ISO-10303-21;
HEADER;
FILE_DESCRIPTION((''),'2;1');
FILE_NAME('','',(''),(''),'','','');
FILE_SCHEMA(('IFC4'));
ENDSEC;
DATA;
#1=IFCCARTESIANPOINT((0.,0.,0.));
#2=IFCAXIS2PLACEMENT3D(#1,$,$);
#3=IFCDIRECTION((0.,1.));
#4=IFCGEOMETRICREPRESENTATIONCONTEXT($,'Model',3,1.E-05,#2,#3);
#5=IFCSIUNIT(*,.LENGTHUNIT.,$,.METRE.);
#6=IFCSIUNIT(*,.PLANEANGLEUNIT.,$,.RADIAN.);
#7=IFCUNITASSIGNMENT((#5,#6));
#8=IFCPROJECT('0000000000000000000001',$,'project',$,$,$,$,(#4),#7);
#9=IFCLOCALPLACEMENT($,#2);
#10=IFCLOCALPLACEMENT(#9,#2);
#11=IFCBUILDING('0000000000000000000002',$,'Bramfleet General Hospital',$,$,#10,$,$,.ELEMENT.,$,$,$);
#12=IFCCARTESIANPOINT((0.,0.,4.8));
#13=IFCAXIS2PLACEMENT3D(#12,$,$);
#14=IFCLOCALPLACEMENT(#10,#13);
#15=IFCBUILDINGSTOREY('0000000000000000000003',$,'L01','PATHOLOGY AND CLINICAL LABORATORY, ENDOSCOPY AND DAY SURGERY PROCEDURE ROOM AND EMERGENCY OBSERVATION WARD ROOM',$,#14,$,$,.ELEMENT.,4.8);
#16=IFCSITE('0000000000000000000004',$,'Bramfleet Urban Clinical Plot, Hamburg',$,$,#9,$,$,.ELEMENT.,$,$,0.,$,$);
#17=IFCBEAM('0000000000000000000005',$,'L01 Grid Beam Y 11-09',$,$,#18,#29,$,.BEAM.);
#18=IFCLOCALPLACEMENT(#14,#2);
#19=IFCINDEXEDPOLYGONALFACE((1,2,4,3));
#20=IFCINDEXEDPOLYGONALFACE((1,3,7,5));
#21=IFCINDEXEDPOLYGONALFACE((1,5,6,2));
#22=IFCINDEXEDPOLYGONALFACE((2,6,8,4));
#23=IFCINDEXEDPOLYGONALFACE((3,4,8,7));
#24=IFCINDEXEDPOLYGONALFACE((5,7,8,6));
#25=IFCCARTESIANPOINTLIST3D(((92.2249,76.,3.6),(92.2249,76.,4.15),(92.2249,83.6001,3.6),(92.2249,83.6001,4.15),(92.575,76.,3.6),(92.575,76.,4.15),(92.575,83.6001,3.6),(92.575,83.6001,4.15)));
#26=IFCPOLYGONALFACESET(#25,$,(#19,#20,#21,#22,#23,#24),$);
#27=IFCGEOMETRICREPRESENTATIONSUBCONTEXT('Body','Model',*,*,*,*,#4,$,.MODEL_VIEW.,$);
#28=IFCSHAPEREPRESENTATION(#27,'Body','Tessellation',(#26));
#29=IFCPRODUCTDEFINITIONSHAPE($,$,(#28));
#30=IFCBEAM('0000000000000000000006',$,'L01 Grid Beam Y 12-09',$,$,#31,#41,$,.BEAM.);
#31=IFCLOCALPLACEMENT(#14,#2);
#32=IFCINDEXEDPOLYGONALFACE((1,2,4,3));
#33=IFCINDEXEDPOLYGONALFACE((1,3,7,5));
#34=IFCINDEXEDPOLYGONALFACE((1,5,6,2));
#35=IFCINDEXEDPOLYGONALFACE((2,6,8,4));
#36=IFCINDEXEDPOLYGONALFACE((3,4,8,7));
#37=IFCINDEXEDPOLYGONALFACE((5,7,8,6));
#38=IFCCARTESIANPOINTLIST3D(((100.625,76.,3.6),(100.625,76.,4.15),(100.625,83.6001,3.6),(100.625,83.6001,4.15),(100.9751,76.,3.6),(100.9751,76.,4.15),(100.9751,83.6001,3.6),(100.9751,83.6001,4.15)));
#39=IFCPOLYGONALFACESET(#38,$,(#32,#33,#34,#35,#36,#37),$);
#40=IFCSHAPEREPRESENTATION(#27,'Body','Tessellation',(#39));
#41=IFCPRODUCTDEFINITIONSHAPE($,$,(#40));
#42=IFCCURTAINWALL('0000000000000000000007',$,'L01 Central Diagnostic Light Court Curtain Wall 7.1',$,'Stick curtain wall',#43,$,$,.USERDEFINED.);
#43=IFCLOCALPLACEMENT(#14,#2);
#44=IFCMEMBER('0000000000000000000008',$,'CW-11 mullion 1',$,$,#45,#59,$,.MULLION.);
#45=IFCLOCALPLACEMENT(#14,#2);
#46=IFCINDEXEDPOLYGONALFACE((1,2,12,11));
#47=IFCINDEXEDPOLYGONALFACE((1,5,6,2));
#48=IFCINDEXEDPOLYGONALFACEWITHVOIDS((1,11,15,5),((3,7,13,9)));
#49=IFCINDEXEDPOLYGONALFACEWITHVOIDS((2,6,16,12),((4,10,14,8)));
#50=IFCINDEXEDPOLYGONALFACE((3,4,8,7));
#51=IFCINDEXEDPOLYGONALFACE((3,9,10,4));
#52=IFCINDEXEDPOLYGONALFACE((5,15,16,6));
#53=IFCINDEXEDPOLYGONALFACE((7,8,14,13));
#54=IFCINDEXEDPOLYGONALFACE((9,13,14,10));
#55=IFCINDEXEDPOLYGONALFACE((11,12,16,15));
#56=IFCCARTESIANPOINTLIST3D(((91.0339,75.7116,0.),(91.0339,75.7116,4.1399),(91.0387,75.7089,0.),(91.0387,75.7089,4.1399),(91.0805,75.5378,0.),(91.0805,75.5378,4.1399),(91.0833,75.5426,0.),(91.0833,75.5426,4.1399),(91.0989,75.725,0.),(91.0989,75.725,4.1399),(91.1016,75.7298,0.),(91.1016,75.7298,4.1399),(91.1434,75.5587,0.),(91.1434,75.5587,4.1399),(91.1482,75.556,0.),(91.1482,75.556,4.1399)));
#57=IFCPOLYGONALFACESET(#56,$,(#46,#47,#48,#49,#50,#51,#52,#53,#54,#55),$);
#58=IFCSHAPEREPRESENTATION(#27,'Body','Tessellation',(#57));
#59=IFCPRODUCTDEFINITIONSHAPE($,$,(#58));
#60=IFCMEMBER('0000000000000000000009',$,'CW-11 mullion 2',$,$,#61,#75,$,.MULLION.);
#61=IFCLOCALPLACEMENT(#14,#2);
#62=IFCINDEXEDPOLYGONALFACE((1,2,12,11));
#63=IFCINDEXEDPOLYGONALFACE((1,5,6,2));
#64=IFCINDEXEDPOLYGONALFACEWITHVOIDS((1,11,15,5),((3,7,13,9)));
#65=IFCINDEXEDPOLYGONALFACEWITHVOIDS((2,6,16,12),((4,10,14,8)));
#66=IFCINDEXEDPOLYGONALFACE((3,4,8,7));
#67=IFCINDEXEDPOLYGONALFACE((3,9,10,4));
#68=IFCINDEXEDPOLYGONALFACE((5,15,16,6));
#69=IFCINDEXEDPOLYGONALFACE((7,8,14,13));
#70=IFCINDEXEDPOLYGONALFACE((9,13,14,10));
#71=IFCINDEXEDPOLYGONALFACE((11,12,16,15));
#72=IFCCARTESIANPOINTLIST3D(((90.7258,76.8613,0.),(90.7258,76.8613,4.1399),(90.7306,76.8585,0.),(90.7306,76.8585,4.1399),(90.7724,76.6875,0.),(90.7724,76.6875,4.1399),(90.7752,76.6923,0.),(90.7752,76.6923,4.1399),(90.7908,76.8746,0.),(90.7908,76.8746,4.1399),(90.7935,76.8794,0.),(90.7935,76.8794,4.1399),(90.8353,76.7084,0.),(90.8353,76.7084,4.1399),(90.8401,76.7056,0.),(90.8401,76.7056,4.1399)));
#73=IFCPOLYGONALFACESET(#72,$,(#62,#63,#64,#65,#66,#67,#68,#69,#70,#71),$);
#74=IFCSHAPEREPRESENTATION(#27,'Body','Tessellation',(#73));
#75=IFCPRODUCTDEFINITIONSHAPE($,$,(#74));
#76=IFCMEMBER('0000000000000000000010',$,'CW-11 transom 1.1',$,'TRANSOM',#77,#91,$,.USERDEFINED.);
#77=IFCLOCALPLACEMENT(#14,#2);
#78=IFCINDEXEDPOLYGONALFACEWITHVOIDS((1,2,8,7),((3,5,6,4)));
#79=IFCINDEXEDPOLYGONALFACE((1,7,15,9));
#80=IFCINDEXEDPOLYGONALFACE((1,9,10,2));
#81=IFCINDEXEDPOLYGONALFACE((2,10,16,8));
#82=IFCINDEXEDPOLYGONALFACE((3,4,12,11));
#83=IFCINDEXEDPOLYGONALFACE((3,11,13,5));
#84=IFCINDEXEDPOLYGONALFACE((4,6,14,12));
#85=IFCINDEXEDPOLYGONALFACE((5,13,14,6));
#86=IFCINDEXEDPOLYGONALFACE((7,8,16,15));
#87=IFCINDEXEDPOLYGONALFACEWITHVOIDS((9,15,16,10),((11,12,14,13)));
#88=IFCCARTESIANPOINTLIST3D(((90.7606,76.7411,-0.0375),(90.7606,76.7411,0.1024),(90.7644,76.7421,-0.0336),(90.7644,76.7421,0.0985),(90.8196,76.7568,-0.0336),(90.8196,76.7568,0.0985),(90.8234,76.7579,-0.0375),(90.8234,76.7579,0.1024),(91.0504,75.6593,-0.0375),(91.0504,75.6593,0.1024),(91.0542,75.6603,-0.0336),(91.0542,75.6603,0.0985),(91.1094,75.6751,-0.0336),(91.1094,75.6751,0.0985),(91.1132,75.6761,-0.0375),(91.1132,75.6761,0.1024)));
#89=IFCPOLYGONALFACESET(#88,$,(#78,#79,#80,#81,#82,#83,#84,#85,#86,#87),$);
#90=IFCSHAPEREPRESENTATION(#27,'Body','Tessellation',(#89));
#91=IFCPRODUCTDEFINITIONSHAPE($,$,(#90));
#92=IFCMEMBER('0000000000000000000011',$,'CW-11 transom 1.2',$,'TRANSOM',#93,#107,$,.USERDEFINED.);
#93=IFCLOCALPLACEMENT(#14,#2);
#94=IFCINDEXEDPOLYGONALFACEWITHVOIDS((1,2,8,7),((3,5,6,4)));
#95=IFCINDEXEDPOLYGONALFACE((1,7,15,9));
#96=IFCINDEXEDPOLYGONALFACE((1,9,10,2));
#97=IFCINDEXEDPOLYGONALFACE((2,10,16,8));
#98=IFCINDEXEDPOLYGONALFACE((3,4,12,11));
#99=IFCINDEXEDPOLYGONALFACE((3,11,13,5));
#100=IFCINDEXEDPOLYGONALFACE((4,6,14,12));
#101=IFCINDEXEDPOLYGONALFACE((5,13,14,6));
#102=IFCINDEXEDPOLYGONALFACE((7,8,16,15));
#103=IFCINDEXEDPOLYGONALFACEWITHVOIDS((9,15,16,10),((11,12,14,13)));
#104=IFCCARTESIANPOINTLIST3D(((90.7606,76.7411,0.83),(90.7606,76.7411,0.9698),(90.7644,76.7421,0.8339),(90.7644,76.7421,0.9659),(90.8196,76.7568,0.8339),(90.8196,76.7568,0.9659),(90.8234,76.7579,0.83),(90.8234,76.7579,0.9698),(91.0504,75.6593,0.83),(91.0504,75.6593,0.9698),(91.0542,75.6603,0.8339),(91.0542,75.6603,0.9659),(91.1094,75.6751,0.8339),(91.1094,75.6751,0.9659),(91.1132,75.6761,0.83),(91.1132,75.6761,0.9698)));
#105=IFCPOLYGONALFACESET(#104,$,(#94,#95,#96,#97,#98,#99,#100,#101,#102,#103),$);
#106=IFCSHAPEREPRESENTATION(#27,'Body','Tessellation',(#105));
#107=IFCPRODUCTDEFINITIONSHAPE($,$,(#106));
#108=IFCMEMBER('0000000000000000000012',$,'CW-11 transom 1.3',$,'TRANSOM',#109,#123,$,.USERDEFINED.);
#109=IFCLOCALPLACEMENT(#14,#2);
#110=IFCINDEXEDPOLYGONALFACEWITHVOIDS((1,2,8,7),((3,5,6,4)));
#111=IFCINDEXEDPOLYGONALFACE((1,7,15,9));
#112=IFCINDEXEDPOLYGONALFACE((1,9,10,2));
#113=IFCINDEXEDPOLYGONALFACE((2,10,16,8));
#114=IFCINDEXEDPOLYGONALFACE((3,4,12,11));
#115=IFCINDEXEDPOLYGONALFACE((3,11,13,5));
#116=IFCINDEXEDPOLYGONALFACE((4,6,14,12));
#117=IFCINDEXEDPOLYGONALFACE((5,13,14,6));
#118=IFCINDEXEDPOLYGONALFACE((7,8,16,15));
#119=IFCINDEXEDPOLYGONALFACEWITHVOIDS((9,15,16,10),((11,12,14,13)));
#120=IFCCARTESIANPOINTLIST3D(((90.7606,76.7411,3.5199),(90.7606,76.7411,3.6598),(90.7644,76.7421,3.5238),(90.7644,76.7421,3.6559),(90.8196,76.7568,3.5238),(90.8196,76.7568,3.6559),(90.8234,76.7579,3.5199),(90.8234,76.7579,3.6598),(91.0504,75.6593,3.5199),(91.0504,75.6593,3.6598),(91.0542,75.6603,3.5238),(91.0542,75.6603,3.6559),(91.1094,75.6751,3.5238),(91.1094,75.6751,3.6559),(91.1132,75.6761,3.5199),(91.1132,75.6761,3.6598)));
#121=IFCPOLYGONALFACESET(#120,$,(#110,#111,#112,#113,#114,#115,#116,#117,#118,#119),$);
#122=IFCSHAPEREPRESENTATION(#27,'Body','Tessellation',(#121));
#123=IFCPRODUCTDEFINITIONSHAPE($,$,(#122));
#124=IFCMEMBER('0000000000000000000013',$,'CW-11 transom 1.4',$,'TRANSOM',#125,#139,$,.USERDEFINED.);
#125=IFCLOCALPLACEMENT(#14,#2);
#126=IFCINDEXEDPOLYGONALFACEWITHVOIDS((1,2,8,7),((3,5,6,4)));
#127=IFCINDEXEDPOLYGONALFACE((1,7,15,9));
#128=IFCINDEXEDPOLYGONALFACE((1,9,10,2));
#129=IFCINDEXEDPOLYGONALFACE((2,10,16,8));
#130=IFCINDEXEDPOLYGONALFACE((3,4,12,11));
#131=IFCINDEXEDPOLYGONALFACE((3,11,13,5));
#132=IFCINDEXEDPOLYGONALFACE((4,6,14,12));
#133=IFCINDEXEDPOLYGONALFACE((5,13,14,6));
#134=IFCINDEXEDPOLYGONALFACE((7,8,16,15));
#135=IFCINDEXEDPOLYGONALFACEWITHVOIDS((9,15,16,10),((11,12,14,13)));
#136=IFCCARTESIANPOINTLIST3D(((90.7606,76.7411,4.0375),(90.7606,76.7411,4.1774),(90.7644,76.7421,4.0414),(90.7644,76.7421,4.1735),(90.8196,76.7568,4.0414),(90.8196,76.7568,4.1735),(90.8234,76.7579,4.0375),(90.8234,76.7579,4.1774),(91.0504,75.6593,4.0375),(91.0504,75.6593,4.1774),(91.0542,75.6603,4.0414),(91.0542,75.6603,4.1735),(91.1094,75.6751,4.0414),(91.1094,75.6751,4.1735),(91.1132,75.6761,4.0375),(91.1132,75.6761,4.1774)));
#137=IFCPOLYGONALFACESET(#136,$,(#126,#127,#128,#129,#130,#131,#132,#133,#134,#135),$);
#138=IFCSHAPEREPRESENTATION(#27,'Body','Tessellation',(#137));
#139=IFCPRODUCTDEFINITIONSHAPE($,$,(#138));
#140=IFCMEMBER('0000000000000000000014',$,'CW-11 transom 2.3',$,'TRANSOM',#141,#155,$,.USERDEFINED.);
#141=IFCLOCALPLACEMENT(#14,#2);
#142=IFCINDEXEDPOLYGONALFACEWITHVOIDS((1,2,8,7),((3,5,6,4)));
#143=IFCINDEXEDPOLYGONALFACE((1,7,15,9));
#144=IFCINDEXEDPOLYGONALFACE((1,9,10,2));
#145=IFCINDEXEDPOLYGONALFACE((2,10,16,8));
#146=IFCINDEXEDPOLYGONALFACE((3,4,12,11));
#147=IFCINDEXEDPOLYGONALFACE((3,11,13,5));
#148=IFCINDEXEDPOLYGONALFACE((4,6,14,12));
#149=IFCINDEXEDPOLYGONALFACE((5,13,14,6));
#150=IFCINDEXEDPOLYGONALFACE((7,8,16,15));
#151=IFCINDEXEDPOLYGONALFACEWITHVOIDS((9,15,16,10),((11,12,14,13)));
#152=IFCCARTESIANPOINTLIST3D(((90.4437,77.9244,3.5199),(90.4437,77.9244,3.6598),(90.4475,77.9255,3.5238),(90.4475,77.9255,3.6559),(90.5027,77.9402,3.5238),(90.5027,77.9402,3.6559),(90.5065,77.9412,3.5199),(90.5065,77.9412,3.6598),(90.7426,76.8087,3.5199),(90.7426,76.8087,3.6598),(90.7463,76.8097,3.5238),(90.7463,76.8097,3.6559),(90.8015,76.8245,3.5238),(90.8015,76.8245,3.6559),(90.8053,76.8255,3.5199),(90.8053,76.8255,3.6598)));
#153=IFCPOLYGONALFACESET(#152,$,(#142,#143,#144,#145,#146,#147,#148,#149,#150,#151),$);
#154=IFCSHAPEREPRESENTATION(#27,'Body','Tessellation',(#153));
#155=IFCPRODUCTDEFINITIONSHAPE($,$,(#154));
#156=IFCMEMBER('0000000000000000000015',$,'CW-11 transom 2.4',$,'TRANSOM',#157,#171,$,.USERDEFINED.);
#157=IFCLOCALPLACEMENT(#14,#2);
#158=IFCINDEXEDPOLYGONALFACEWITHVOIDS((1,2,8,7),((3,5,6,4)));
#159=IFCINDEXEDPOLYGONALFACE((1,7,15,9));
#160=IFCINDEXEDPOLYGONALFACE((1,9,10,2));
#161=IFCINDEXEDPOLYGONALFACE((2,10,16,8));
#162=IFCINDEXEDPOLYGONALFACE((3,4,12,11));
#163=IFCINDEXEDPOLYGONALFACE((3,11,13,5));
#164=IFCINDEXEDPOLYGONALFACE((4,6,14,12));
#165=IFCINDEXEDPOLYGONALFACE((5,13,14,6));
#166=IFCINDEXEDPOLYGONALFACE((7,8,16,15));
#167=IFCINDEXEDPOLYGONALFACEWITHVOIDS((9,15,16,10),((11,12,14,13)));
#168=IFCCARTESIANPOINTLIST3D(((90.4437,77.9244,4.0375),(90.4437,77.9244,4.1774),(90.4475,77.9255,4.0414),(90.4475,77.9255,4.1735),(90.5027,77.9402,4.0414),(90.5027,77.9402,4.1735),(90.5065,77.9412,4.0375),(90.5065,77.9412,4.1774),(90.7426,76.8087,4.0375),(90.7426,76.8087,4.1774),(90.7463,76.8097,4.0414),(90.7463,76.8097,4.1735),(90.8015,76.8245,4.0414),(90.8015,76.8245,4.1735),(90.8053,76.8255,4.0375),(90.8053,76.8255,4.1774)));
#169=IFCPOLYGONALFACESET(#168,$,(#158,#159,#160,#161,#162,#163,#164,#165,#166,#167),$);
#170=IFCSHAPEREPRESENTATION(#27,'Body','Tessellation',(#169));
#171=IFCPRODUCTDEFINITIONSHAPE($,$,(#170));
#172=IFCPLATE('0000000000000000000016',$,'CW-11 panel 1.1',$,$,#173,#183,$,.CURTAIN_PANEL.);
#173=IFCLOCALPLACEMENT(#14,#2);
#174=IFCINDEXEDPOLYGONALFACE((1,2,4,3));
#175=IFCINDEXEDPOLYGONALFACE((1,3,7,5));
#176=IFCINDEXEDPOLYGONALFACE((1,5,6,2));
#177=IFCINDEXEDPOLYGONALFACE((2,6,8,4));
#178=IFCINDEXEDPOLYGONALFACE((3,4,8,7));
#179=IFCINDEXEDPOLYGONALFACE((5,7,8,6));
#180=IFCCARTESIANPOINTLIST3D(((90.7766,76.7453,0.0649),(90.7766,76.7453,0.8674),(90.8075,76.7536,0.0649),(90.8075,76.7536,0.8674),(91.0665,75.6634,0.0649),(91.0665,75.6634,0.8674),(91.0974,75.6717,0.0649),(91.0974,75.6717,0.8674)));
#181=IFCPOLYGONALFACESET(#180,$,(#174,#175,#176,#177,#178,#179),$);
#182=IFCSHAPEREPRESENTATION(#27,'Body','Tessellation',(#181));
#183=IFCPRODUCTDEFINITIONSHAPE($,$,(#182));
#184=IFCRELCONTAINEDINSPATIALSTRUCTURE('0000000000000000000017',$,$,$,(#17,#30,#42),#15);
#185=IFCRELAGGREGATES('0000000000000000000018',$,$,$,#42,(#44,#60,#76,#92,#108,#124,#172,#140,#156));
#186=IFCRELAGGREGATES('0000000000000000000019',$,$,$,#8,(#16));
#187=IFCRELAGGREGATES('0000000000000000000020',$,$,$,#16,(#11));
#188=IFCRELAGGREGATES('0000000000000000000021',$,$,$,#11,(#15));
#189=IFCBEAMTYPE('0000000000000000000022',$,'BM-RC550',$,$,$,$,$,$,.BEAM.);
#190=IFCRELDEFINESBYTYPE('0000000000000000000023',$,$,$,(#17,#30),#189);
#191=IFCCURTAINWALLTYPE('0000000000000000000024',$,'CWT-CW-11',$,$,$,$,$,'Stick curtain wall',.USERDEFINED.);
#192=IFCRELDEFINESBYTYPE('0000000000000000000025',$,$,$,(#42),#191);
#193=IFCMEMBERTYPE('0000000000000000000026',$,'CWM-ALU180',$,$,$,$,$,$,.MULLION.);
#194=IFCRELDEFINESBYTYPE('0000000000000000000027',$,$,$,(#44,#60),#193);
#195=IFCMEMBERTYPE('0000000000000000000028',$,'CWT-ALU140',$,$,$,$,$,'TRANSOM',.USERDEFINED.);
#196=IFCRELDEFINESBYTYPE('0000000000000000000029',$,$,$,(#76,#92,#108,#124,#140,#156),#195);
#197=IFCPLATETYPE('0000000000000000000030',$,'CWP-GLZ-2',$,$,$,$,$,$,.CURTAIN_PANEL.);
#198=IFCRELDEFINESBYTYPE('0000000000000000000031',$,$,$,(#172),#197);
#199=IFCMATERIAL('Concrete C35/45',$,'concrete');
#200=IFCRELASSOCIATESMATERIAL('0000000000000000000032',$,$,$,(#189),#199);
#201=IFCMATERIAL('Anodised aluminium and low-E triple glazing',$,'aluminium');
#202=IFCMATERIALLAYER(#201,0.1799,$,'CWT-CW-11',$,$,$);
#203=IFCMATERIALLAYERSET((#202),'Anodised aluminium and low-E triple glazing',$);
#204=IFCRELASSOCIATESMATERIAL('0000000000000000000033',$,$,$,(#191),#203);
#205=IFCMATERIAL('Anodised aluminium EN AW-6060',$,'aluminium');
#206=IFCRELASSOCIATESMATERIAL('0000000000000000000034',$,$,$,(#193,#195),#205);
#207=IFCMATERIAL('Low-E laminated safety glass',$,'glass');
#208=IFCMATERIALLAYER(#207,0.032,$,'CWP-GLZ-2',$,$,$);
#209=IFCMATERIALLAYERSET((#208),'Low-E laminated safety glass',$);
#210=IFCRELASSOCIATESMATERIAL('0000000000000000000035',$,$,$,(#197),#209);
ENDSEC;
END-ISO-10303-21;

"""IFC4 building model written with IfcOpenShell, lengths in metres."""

from ifc_helpers import new_model, si_unit, direction, frame, origin, origin_2d, place, context, subcontext, project, spatial, rectangle, hollow_rectangle, extrude, material, layer, layer_set, material_profile, profile_set, type_object, element, aggregate, save


model = new_model("IFC4")

# Units and contexts
model_context = context("Model", 3, precision=1e-05, world=origin(), true_north=direction((0.0, 1.0)))
body_context = subcontext(model_context, "Body", "Model", "MODEL_VIEW")
ifc_project = project(units=[si_unit("LENGTHUNIT", "METRE"), si_unit("PLANEANGLEUNIT", "RADIAN")], contexts=[model_context])

# Site, building, storey
site_placement = place(None, origin())
site = spatial("IfcSite", under=ifc_project, at=site_placement, Name="Bramfleet Urban Clinical Plot, Hamburg", CompositionType="ELEMENT", RefElevation=0.0)
building_placement = place(site_placement, origin())
building = spatial("IfcBuilding", under=site, at=building_placement, Name="Bramfleet General Hospital", CompositionType="ELEMENT")
storey_placement = place(building_placement, frame((0.0, 0.0, 4.8)))
storey = spatial("IfcBuildingStorey", under=building, at=storey_placement, Name="L01", Description="PATHOLOGY AND CLINICAL LABORATORY, ENDOSCOPY AND DAY SURGERY PROCEDURE ROOM AND EMERGENCY OBSERVATION WARD ROOM", CompositionType="ELEMENT", Elevation=4.8)

# Beams
ifc_material_1 = material(Name="Concrete C35/45", Category="concrete")
ifc_material_profile_1 = material_profile(ifc_material_1, rectangle(XDim=0.3501, YDim=0.55, at=origin_2d()), Name="RC BM 550x350")
ifc_profile_set_1 = profile_set([ifc_material_profile_1], Name="Concrete C35/45")
beam_type = type_object("IfcBeamType", Name="BM-RC550", PredefinedType="BEAM", material=ifc_profile_set_1)
for number, where, z_axis, x_axis, name in (
    (1, (92.3999, 76.0, 3.875), (0.0, 1.0, 0.0), (-1.0, 0.0, 0.0), "L01 Grid Beam Y 11-09"),
    (2, (100.8, 76.0, 3.875), (0.0, 1.0, 0.0), (-1.0, 0.0, 0.0), "L01 Grid Beam Y 12-09"),
):
    element("IfcBeam", number, at=place(storey_placement, frame(where, z_axis=z_axis, x_axis=x_axis)), inside=storey, type_object=beam_type, Name=name, PredefinedType="BEAM", context=body_context, shape_type="SweptSolid", body=[
        extrude(rectangle(XDim=0.3501, YDim=0.55, at=origin_2d()), origin(), (0.0, 0.0, 1.0), 7.6001),
    ])

# Curtain wall, members, plate
ifc_material_2 = material(Name="Anodised aluminium and low-E triple glazing", Category="aluminium")
ifc_layer_1 = layer(ifc_material_2, 0.1799, Name="CWT-CW-11")
ifc_layer_set_1 = layer_set([ifc_layer_1], Name="Anodised aluminium and low-E triple glazing")
curtain_wall_type = type_object("IfcCurtainWallType", Name="CWT-CW-11", ElementType="Stick curtain wall", PredefinedType="USERDEFINED", material=ifc_layer_set_1)
curtain_wall_placement = place(storey_placement, origin())
curtain_wall = element("IfcCurtainWall", 3, at=curtain_wall_placement, inside=storey, type_object=curtain_wall_type, Name="L01 Central Diagnostic Light Court Curtain Wall 7.1", ObjectType="Stick curtain wall", PredefinedType="USERDEFINED")
ifc_material_3 = material(Name="Anodised aluminium EN AW-6060", Category="aluminium")
ifc_material_profile_2 = material_profile(ifc_material_3, hollow_rectangle(XDim=0.0701, YDim=0.1799, WallThickness=0.0039, at=origin_2d()), Name="ALU 180x70x4.0")
ifc_profile_set_2 = profile_set([ifc_material_profile_2], Name="Anodised aluminium EN AW-6060")
member_type_1 = type_object("IfcMemberType", Name="CWM-ALU180", PredefinedType="MULLION", material=ifc_profile_set_2)
member_1_placement = place(storey_placement, frame((91.0911, 75.6338, 0.0), z_axis=(0.0, 0.0, 1.0), x_axis=(-0.965941, -0.258763, 0.0)))
member_1 = element("IfcMember", 4, at=member_1_placement, type_object=member_type_1, Name="CW-11 mullion 1", PredefinedType="MULLION", context=body_context, shape_type="SweptSolid", body=[
    extrude(hollow_rectangle(XDim=0.0701, YDim=0.1799, WallThickness=0.0039, at=origin_2d()), origin(), (0.0, 0.0, 1.0), 4.1399),
])
member_2_placement = place(storey_placement, frame((90.783, 76.7834, 0.0), z_axis=(0.0, 0.0, 1.0), x_axis=(-0.965941, -0.258763, 0.0)))
member_2 = element("IfcMember", 5, at=member_2_placement, type_object=member_type_1, Name="CW-11 mullion 2", PredefinedType="MULLION", context=body_context, shape_type="SweptSolid", body=[
    extrude(hollow_rectangle(XDim=0.0701, YDim=0.1799, WallThickness=0.0039, at=origin_2d()), origin(), (0.0, 0.0, 1.0), 4.1399),
])
ifc_material_profile_3 = material_profile(ifc_material_3, hollow_rectangle(XDim=0.0649, YDim=0.1399, WallThickness=0.0039, at=origin_2d()), Name="ALU 140x65x4.0")
ifc_profile_set_3 = profile_set([ifc_material_profile_3], Name="Anodised aluminium EN AW-6060")
member_type_2 = type_object("IfcMemberType", Name="CWT-ALU140", ElementType="TRANSOM", PredefinedType="USERDEFINED", material=ifc_profile_set_3)
member_3_placement = place(storey_placement, frame((91.0818, 75.6677, 0.0325), z_axis=(-0.258762, 0.965941, 0.0), x_axis=(-0.965941, -0.258762, 0.0)))
member_3 = element("IfcMember", 6, at=member_3_placement, type_object=member_type_2, Name="CW-11 transom 1.1", ObjectType="TRANSOM", PredefinedType="USERDEFINED", context=body_context, shape_type="SweptSolid", body=[
    extrude(hollow_rectangle(XDim=0.0649, YDim=0.1399, WallThickness=0.0039, at=origin_2d()), origin(), (0.0, 0.0, 1.0), 1.1199),
])
member_4_placement = place(storey_placement, frame((91.0818, 75.6677, 0.8999), z_axis=(-0.258762, 0.965941, 0.0), x_axis=(-0.965941, -0.258762, 0.0)))
member_4 = element("IfcMember", 7, at=member_4_placement, type_object=member_type_2, Name="CW-11 transom 1.2", ObjectType="TRANSOM", PredefinedType="USERDEFINED", context=body_context, shape_type="SweptSolid", body=[
    extrude(hollow_rectangle(XDim=0.0649, YDim=0.1399, WallThickness=0.0039, at=origin_2d()), origin(), (0.0, 0.0, 1.0), 1.1199),
])
member_5_placement = place(storey_placement, frame((91.0818, 75.6677, 3.5898), z_axis=(-0.258762, 0.965941, 0.0), x_axis=(-0.965941, -0.258762, 0.0)))
member_5 = element("IfcMember", 8, at=member_5_placement, type_object=member_type_2, Name="CW-11 transom 1.3", ObjectType="TRANSOM", PredefinedType="USERDEFINED", context=body_context, shape_type="SweptSolid", body=[
    extrude(hollow_rectangle(XDim=0.0649, YDim=0.1399, WallThickness=0.0039, at=origin_2d()), origin(), (0.0, 0.0, 1.0), 1.1199),
])
member_6_placement = place(storey_placement, frame((91.0818, 75.6677, 4.1074), z_axis=(-0.258762, 0.965941, 0.0), x_axis=(-0.965941, -0.258762, 0.0)))
member_6 = element("IfcMember", 9, at=member_6_placement, type_object=member_type_2, Name="CW-11 transom 1.4", ObjectType="TRANSOM", PredefinedType="USERDEFINED", context=body_context, shape_type="SweptSolid", body=[
    extrude(hollow_rectangle(XDim=0.0649, YDim=0.1399, WallThickness=0.0039, at=origin_2d()), origin(), (0.0, 0.0, 1.0), 1.1199),
])
member_7_placement = place(storey_placement, frame((90.7739, 76.8171, 3.5898), z_axis=(-0.258715, 0.965954, 0.0), x_axis=(-0.965954, -0.258715, 0.0)))
member_7 = element("IfcMember", 10, at=member_7_placement, type_object=member_type_2, Name="CW-11 transom 2.3", ObjectType="TRANSOM", PredefinedType="USERDEFINED", context=body_context, shape_type="SweptSolid", body=[
    extrude(hollow_rectangle(XDim=0.0649, YDim=0.1399, WallThickness=0.0039, at=origin_2d()), origin(), (0.0, 0.0, 1.0), 1.155),
])
member_8_placement = place(storey_placement, frame((90.7739, 76.8171, 4.1074), z_axis=(-0.258715, 0.965954, 0.0), x_axis=(-0.965954, -0.258715, 0.0)))
member_8 = element("IfcMember", 11, at=member_8_placement, type_object=member_type_2, Name="CW-11 transom 2.4", ObjectType="TRANSOM", PredefinedType="USERDEFINED", context=body_context, shape_type="SweptSolid", body=[
    extrude(hollow_rectangle(XDim=0.0649, YDim=0.1399, WallThickness=0.0039, at=origin_2d()), origin(), (0.0, 0.0, 1.0), 1.155),
])
ifc_material_4 = material(Name="Low-E laminated safety glass", Category="glass")
ifc_layer_2 = layer(ifc_material_4, 0.032, Name="CWP-GLZ-2")
ifc_layer_set_2 = layer_set([ifc_layer_2], Name="Low-E laminated safety glass")
plate_type = type_object("IfcPlateType", Name="CWP-GLZ-2", PredefinedType="CURTAIN_PANEL", material=ifc_layer_set_2)
plate_1_placement = place(storey_placement, frame((90.937, 76.2085, 0.0649), z_axis=(0.0, 0.0, 1.0), x_axis=(-0.258763, 0.965941, 0.0)))
plate_1 = element("IfcPlate", 12, at=plate_1_placement, type_object=plate_type, Name="CW-11 panel 1.1", PredefinedType="CURTAIN_PANEL", context=body_context, shape_type="SweptSolid", body=[
    extrude(rectangle(XDim=1.1201, YDim=0.032, at=origin_2d()), origin(), (0.0, 0.0, 1.0), 0.8025),
])
aggregate(curtain_wall, [member_1, member_2, member_3, member_4, member_5, member_6, plate_1, member_7, member_8])

save(model, "model.ifc")
